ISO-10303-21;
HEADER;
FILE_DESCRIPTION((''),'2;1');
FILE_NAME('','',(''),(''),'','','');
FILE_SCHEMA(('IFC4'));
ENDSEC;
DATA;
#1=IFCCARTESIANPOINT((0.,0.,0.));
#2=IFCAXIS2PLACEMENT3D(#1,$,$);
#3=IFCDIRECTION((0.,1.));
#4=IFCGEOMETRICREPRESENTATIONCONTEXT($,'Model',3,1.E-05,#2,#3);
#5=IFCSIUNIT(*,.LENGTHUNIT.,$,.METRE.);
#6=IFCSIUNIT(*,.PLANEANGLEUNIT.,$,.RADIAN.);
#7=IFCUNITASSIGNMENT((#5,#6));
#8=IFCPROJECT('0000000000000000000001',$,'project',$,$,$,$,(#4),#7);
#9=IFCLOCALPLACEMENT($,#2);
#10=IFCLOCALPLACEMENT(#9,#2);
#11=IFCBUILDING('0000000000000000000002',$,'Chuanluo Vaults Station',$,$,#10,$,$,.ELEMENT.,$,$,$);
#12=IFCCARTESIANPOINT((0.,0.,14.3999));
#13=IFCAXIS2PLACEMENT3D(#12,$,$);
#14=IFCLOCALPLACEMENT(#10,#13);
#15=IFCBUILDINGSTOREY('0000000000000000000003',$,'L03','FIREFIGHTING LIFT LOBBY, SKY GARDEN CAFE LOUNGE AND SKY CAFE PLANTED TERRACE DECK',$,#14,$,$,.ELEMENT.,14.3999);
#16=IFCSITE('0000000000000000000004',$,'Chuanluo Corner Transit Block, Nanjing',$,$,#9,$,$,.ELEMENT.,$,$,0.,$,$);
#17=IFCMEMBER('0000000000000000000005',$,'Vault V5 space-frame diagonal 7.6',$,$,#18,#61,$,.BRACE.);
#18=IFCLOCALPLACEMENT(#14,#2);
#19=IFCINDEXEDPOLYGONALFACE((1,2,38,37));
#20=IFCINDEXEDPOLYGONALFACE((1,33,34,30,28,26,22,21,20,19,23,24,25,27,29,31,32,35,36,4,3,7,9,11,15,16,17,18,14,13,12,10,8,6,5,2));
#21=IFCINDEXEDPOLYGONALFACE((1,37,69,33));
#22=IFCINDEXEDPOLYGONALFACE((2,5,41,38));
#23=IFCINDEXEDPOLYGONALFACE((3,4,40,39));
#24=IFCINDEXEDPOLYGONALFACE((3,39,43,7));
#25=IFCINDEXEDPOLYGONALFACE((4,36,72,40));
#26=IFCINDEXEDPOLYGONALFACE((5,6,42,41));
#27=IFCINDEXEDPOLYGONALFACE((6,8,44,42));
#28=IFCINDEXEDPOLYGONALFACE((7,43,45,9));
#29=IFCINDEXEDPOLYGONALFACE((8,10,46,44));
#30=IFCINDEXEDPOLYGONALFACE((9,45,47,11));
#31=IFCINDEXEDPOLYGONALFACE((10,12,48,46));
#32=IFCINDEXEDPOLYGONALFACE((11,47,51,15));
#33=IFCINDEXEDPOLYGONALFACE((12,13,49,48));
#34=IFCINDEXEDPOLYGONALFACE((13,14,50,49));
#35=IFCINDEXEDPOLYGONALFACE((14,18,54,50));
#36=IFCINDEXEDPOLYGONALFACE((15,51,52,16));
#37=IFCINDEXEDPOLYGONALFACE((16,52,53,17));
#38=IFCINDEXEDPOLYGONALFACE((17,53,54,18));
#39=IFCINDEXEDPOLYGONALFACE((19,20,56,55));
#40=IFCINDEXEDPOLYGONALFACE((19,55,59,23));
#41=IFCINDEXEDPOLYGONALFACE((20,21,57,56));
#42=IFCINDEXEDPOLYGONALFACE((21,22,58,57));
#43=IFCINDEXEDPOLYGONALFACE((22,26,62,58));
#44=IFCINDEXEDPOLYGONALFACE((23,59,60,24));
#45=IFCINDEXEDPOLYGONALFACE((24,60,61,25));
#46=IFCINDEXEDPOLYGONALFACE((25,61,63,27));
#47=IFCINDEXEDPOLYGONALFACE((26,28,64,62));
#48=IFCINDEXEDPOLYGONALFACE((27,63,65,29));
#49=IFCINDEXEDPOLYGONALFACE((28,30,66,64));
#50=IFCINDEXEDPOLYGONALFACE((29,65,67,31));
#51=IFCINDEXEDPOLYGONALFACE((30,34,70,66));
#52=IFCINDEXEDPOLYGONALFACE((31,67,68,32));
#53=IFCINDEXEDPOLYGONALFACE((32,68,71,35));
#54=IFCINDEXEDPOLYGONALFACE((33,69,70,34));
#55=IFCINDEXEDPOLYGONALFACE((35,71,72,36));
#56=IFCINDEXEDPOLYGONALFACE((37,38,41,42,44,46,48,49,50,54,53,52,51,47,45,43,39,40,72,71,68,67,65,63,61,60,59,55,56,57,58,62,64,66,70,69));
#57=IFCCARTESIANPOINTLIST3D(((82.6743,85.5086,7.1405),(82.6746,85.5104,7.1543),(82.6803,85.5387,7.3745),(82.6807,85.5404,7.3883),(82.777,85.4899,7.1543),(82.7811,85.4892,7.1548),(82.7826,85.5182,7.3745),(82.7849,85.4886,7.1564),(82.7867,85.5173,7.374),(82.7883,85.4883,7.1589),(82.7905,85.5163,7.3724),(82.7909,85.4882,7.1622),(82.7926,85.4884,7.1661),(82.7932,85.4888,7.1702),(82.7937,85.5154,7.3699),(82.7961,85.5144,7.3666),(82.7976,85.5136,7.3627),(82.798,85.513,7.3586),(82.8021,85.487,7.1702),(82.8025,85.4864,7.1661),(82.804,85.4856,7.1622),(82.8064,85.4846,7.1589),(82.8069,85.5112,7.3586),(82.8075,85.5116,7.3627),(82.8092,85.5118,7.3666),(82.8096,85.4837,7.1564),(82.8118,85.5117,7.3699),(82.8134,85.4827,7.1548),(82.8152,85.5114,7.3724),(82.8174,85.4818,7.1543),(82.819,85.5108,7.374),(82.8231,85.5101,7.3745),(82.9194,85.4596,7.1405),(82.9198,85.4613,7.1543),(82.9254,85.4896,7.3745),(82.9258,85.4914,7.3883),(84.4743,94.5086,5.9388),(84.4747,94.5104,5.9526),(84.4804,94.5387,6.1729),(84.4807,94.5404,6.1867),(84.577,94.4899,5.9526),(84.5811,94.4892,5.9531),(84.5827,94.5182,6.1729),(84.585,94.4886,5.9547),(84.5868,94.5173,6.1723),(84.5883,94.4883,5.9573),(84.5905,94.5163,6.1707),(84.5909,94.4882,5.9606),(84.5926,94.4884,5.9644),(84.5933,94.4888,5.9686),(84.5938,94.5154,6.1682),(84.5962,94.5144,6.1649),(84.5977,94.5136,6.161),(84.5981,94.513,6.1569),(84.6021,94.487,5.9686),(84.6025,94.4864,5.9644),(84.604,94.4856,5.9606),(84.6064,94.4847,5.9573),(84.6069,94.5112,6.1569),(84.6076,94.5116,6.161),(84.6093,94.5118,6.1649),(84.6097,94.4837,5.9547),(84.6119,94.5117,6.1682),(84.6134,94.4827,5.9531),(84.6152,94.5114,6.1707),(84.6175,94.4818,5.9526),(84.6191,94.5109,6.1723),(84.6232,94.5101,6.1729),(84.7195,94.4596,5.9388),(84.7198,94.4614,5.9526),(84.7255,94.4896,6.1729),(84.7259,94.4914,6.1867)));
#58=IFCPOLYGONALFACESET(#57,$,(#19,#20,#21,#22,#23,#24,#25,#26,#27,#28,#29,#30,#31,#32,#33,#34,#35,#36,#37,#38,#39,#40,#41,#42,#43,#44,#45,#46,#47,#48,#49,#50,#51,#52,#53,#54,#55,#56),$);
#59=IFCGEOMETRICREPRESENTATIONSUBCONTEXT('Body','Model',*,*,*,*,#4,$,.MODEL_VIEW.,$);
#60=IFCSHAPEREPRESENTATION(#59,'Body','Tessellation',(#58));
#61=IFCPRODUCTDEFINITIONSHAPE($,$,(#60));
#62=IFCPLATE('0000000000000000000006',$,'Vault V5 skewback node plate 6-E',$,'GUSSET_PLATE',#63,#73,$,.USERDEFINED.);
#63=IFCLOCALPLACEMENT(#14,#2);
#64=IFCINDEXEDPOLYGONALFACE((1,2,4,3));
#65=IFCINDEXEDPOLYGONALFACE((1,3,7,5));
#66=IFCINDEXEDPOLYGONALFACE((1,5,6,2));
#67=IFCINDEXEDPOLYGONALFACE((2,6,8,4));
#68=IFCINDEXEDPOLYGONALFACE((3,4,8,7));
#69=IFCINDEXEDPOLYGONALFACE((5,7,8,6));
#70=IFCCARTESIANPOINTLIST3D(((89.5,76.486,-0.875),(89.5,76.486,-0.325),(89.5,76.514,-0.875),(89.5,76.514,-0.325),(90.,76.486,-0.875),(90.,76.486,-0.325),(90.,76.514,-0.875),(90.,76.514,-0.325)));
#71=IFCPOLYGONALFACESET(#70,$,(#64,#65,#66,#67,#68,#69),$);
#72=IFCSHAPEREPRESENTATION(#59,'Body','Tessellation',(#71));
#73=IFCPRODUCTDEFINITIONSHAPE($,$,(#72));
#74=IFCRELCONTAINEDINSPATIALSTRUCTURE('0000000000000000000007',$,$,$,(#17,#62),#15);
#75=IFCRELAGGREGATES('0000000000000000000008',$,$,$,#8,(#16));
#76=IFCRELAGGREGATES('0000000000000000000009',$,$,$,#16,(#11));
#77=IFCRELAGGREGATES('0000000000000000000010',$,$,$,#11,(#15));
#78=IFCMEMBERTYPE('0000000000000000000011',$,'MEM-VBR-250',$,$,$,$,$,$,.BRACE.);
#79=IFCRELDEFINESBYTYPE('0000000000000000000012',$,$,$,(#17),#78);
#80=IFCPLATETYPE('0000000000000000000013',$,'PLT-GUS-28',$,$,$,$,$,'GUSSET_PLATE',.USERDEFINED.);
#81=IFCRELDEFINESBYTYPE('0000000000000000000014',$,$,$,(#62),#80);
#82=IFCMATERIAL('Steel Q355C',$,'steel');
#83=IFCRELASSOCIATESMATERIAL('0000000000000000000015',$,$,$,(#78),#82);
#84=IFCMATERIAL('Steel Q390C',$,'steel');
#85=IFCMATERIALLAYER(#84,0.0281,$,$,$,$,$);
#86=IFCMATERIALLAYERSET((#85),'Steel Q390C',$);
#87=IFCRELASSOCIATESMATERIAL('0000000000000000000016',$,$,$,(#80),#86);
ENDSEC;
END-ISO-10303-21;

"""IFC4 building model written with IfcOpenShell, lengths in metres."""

from ifc_helpers import new_model, si_unit, direction, frame, origin, origin_2d, place, context, subcontext, project, spatial, rectangle, i_section, extrude, material, layer, layer_set, material_profile, profile_set, type_object, element, save


model = new_model("IFC4")

# Units and contexts
model_context = context("Model", 3, precision=1e-05, world=origin(), true_north=direction((0.0, 1.0)))
body_context = subcontext(model_context, "Body", "Model", "MODEL_VIEW")
ifc_project = project(units=[si_unit("LENGTHUNIT", "METRE"), si_unit("PLANEANGLEUNIT", "RADIAN")], contexts=[model_context])

# Site, building, storey
site_placement = place(None, origin())
site = spatial("IfcSite", under=ifc_project, at=site_placement, Name="Chuanluo Corner Transit Block, Nanjing", CompositionType="ELEMENT", RefElevation=0.0)
building_placement = place(site_placement, origin())
building = spatial("IfcBuilding", under=site, at=building_placement, Name="Chuanluo Vaults Station", CompositionType="ELEMENT")
storey_placement = place(building_placement, frame((0.0, 0.0, 14.3999)))
storey = spatial("IfcBuildingStorey", under=building, at=storey_placement, Name="L03", Description="FIREFIGHTING LIFT LOBBY, SKY GARDEN CAFE LOUNGE AND SKY CAFE PLANTED TERRACE DECK", CompositionType="ELEMENT", Elevation=14.3999)

# Member
ifc_material_1 = material(Name="Steel Q355C", Category="steel")
ifc_material_profile_1 = material_profile(ifc_material_1, i_section(OverallWidth=0.25, OverallDepth=0.25, WebThickness=0.009, FlangeThickness=0.0139, FilletRadius=0.0161, at=origin_2d()))
ifc_profile_set_1 = profile_set([ifc_material_profile_1], Name="Steel Q355C")
member_type_1 = type_object("IfcMemberType", Name="MEM-VBR-250", PredefinedType="BRACE", material=ifc_profile_set_1)
member_1_placement = place(storey_placement, frame((82.8, 85.5, 7.2644), z_axis=(0.194462, 0.972282, -0.129817), x_axis=(-0.98058, 0.196121, 0.0)))
element("IfcMember", 1, at=member_1_placement, inside=storey, type_object=member_type_1, Name="Vault V5 space-frame diagonal 7.6", PredefinedType="BRACE", context=body_context, shape_type="SweptSolid", body=[
    extrude(i_section(OverallWidth=0.25, OverallDepth=0.25, WebThickness=0.009, FlangeThickness=0.0139, FilletRadius=0.0161, at=origin_2d()), origin(), (0.0, 0.0, 1.0), 9.2566),
])

# Plate
ifc_material_2 = material(Name="Steel Q390C", Category="steel")
ifc_layer = layer(ifc_material_2, 0.0281)
ifc_layer_set = layer_set([ifc_layer], Name="Steel Q390C")
plate_type = type_object("IfcPlateType", Name="PLT-GUS-28", ElementType="GUSSET_PLATE", PredefinedType="USERDEFINED", material=ifc_layer_set)
plate_placement = place(storey_placement, frame((89.75, 76.5, -0.875), z_axis=(0.0, 0.0, 1.0), x_axis=(1.0, 0.0, 0.0)))
element("IfcPlate", 2, at=plate_placement, inside=storey, type_object=plate_type, Name="Vault V5 skewback node plate 6-E", ObjectType="GUSSET_PLATE", PredefinedType="USERDEFINED", context=body_context, shape_type="SweptSolid", body=[
    extrude(rectangle(XDim=0.5, YDim=0.0281, at=origin_2d()), origin(), (0.0, 0.0, 1.0), 0.55),
])

save(model, "model.ifc")
